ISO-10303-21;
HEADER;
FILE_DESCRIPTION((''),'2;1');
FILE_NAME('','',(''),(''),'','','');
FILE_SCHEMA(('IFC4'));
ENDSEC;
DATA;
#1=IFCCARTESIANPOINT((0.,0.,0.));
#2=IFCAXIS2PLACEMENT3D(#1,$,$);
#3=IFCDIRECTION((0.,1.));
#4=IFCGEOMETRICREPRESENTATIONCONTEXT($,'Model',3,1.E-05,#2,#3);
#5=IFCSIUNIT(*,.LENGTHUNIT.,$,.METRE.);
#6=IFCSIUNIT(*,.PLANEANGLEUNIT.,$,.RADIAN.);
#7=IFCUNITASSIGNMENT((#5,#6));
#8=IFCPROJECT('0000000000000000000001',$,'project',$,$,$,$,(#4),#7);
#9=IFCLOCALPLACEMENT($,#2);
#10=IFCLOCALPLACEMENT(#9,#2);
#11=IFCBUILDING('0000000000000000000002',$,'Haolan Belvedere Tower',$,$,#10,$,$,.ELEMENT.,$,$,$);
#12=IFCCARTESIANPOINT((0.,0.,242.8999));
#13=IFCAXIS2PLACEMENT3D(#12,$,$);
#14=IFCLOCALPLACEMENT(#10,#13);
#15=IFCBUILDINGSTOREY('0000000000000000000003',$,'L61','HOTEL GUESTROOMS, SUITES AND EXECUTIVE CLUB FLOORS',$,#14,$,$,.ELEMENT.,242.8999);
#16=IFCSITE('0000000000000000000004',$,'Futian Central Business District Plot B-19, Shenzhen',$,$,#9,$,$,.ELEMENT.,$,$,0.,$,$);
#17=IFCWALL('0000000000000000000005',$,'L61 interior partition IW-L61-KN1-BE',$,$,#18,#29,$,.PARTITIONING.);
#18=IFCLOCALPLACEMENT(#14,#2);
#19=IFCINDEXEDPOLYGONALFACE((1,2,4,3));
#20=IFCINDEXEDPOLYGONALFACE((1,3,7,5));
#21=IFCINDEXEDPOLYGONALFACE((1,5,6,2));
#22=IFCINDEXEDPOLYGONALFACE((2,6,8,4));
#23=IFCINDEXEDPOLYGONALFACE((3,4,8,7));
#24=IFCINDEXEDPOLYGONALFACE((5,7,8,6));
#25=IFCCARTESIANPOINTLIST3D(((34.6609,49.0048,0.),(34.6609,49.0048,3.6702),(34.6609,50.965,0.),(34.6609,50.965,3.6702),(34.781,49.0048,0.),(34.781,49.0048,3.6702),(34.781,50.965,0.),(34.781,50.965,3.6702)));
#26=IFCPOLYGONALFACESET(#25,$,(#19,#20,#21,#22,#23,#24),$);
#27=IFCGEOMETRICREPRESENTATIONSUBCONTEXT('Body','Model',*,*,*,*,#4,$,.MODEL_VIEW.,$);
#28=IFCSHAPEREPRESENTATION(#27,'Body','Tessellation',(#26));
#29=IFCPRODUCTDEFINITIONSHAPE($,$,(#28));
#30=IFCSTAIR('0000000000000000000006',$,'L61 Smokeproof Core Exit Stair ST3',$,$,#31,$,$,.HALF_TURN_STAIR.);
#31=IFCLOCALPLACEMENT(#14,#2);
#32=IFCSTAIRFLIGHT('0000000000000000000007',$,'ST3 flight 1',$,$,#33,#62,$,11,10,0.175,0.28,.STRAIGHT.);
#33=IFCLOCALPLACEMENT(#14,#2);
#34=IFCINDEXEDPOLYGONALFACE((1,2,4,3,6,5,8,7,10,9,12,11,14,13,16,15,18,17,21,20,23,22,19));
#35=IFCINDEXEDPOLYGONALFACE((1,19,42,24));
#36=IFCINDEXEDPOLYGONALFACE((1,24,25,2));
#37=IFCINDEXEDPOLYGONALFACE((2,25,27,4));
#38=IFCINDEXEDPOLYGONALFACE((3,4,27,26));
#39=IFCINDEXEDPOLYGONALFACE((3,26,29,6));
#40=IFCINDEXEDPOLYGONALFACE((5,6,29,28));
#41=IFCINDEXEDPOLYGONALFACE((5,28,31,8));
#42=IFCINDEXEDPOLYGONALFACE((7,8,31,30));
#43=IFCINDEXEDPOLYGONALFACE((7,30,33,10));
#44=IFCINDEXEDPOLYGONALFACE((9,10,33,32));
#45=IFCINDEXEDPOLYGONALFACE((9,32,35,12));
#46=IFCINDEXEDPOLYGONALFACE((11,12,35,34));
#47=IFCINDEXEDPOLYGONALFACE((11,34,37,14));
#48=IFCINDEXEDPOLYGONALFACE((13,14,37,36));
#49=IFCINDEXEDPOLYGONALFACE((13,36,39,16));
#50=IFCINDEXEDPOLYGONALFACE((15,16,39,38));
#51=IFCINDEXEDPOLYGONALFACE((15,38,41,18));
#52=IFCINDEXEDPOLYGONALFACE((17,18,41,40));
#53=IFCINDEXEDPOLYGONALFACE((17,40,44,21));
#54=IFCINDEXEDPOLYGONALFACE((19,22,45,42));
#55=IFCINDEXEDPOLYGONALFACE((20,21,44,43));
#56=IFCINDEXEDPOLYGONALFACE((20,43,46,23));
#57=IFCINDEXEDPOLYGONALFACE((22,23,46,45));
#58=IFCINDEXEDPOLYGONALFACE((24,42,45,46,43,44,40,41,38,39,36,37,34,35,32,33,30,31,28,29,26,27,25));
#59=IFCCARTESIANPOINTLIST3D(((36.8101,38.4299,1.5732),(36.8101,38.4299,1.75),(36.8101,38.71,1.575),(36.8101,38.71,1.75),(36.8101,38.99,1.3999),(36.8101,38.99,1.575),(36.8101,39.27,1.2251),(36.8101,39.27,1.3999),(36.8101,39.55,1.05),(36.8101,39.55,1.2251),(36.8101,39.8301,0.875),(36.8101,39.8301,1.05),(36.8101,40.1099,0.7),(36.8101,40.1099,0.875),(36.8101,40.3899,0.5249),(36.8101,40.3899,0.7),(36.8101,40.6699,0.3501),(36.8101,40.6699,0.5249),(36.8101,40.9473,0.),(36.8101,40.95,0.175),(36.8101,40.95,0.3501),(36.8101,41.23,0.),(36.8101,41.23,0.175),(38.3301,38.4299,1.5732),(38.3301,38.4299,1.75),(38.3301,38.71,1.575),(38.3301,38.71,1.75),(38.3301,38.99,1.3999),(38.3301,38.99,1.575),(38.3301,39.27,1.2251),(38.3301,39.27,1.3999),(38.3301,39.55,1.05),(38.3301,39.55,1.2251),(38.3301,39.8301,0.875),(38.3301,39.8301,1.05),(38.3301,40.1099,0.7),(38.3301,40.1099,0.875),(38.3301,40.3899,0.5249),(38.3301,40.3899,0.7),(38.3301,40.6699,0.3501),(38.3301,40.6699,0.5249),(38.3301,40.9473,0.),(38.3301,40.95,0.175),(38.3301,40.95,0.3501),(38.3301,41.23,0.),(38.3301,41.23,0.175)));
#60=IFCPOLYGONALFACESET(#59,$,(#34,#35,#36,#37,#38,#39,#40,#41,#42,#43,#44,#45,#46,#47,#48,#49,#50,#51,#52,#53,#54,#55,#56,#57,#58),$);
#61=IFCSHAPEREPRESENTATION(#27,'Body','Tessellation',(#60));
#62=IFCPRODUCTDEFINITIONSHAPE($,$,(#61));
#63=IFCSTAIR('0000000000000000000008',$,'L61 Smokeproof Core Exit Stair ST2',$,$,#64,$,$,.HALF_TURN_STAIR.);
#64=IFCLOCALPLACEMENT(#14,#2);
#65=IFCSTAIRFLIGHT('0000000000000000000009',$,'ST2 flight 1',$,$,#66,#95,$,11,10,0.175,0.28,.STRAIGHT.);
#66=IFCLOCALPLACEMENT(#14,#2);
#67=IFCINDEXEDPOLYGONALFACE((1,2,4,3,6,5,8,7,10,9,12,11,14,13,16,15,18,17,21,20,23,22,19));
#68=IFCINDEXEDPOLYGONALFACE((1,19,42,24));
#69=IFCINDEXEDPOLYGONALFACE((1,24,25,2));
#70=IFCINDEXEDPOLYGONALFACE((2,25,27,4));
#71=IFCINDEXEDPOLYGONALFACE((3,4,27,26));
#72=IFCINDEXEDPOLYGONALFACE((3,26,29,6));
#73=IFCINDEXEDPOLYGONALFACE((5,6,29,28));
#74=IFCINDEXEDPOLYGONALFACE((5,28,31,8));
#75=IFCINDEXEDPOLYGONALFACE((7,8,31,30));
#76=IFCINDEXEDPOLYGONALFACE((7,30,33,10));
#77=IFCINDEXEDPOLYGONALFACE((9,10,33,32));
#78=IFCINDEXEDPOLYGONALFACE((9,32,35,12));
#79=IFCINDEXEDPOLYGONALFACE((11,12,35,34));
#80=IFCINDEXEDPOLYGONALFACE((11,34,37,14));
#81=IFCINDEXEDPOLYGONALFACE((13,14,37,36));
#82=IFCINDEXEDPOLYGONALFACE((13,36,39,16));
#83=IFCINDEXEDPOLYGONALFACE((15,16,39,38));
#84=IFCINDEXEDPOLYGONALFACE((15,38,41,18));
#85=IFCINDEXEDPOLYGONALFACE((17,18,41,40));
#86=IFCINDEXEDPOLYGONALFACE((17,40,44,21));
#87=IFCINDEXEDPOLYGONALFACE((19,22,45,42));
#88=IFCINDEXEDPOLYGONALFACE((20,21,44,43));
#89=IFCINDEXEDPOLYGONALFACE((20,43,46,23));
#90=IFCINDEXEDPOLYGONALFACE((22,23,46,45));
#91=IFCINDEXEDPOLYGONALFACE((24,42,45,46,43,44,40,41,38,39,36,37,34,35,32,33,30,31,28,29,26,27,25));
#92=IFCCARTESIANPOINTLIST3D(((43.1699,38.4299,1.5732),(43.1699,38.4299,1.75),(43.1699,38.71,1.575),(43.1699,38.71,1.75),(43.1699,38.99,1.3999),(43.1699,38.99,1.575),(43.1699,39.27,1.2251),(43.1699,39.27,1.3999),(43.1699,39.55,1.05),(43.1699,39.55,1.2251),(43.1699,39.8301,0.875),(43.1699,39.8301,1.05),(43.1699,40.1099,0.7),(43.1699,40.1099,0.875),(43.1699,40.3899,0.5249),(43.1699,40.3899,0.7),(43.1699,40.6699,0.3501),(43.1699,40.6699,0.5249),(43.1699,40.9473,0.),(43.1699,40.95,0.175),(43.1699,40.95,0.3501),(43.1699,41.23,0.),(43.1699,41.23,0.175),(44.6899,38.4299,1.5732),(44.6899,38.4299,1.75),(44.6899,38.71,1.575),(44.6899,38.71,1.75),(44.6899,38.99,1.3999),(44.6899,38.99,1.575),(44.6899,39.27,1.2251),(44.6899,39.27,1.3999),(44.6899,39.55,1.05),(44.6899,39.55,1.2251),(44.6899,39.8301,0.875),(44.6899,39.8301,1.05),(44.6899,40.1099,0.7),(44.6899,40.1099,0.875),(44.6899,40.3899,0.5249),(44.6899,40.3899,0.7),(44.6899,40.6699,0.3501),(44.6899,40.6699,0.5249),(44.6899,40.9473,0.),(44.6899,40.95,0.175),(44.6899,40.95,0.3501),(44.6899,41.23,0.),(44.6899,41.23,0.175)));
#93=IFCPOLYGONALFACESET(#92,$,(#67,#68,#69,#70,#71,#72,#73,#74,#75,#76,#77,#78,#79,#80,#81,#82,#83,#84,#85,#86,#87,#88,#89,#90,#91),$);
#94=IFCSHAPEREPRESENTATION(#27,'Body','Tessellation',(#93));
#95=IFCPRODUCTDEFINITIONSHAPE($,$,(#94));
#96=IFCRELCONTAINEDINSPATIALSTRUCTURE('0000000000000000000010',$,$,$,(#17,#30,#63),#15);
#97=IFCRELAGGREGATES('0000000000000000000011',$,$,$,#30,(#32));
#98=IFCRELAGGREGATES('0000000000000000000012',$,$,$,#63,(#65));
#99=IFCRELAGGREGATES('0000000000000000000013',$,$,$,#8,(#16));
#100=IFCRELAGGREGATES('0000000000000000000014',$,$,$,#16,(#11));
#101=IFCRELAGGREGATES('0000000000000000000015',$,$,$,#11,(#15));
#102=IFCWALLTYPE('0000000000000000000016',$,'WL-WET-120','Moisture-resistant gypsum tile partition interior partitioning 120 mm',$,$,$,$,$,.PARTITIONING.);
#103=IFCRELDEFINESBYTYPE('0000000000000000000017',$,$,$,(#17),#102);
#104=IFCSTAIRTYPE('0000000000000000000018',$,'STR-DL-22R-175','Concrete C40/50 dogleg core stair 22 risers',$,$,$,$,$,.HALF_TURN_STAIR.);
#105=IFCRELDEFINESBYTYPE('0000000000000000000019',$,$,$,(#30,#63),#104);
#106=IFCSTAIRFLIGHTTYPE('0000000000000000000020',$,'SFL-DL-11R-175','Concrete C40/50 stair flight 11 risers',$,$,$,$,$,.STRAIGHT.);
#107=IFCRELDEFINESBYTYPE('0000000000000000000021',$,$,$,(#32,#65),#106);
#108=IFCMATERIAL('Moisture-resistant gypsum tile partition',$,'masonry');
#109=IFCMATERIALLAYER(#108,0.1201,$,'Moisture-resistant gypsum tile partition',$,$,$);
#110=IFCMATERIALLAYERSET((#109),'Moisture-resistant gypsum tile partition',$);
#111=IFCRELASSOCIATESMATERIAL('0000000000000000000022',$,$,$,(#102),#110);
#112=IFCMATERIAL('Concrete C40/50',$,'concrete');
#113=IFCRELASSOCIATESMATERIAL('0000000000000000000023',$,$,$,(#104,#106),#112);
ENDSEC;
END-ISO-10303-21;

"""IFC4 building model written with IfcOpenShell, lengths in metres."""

from ifc_helpers import new_model, si_unit, direction, frame, frame_2d, origin, place, context, subcontext, project, spatial, polyline, rectangle, outline, extrude, material, layer, layer_set, type_object, element, aggregate, save


model = new_model("IFC4")

# Units and contexts
model_context = context("Model", 3, precision=1e-05, world=origin(), true_north=direction((0.0, 1.0)))
body_context = subcontext(model_context, "Body", "Model", "MODEL_VIEW")
ifc_project = project(units=[si_unit("LENGTHUNIT", "METRE"), si_unit("PLANEANGLEUNIT", "RADIAN")], contexts=[model_context])

# Site, building, storey
site_placement = place(None, origin())
site = spatial("IfcSite", under=ifc_project, at=site_placement, Name="Futian Central Business District Plot B-19, Shenzhen", CompositionType="ELEMENT", RefElevation=0.0)
building_placement = place(site_placement, origin())
building = spatial("IfcBuilding", under=site, at=building_placement, Name="Haolan Belvedere Tower", CompositionType="ELEMENT")
storey_placement = place(building_placement, frame((0.0, 0.0, 242.8999)))
storey = spatial("IfcBuildingStorey", under=building, at=storey_placement, Name="L61", Description="HOTEL GUESTROOMS, SUITES AND EXECUTIVE CLUB FLOORS", CompositionType="ELEMENT", Elevation=242.8999)

# Shared definitions
ifc_material_1 = material(Name="Concrete C40/50", Category="concrete")

# Wall
ifc_material_2 = material(Name="Moisture-resistant gypsum tile partition", Category="masonry")
ifc_layer_1 = layer(ifc_material_2, 0.1201, Name="Moisture-resistant gypsum tile partition")
ifc_layer_set_1 = layer_set([ifc_layer_1], Name="Moisture-resistant gypsum tile partition")
wall_type_1 = type_object("IfcWallType", Name="WL-WET-120", Description="Moisture-resistant gypsum tile partition interior partitioning 120 mm", PredefinedType="PARTITIONING", material=ifc_layer_set_1)
wall_1_placement = place(storey_placement, frame((34.7209, 49.0049, 0.0), z_axis=(0.0, 0.0, 1.0), x_axis=(0.0, 1.0, 0.0)))
element("IfcWall", 1, at=wall_1_placement, inside=storey, type_object=wall_type_1, Name="L61 interior partition IW-L61-KN1-BE", PredefinedType="PARTITIONING", context=body_context, shape_type="SweptSolid", body=[
    extrude(rectangle(XDim=1.9602, YDim=0.1201, at=frame_2d((0.98, 0.0))), origin(), (0.0, 0.0, 1.0), 3.6702),
])

# Stairs, stair flights
stair_type = type_object("IfcStairType", Name="STR-DL-22R-175", Description="Concrete C40/50 dogleg core stair 22 risers", PredefinedType="HALF_TURN_STAIR", material=ifc_material_1)
stair_1_placement = place(storey_placement, origin())
stair_1 = element("IfcStair", 2, at=stair_1_placement, inside=storey, type_object=stair_type, Name="L61 Smokeproof Core Exit Stair ST3", PredefinedType="HALF_TURN_STAIR")
stair_flight_type = type_object("IfcStairFlightType", Name="SFL-DL-11R-175", Description="Concrete C40/50 stair flight 11 risers", PredefinedType="STRAIGHT", material=ifc_material_1)
stair_flight_1_placement = place(storey_placement, frame((37.5701, 41.23, 0.0), z_axis=(0.0, 0.0, 1.0), x_axis=(0.0, -1.0, 0.0)))
stair_flight_1 = element("IfcStairFlight", 3, at=stair_flight_1_placement, type_object=stair_flight_type, Name="ST3 flight 1", NumberOfRisers=11, NumberOfTreads=10, PredefinedType="STRAIGHT", RiserHeight=0.175, TreadLength=0.28, context=body_context, shape_type="SweptSolid", body=[
    extrude(outline(polyline([(0.0, 0.0), (0.0, 0.175), (0.28, 0.175), (0.28, 0.3501), (0.5601, 0.3501), (0.5601, 0.5249), (0.8401, 0.5249), (0.8401, 0.7), (1.1201, 0.7), (1.1201, 0.875), (1.3999, 0.875), (1.3999, 1.05), (1.6799, 1.05), (1.6799, 1.2251), (1.96, 1.2251), (1.96, 1.3999), (2.24, 1.3999), (2.24, 1.575), (2.52, 1.575), (2.52, 1.75), (2.8, 1.75), (2.8, 1.925), (2.8, 1.5732), (0.2827, 0.0), (0.0, 0.0)])), frame((0.0, 0.76, 0.0), z_axis=(0.0, -1.0, 0.0), x_axis=(1.0, 0.0, 0.0)), (0.0, 0.0, 1.0), 1.52),
])
aggregate(stair_1, [stair_flight_1])
stair_2_placement = place(storey_placement, origin())
stair_2 = element("IfcStair", 4, at=stair_2_placement, inside=storey, type_object=stair_type, Name="L61 Smokeproof Core Exit Stair ST2", PredefinedType="HALF_TURN_STAIR")
stair_flight_2_placement = place(storey_placement, frame((43.9299, 41.23, 0.0), z_axis=(0.0, 0.0, 1.0), x_axis=(0.0, -1.0, 0.0)))
stair_flight_2 = element("IfcStairFlight", 5, at=stair_flight_2_placement, type_object=stair_flight_type, Name="ST2 flight 1", NumberOfRisers=11, NumberOfTreads=10, PredefinedType="STRAIGHT", RiserHeight=0.175, TreadLength=0.28, context=body_context, shape_type="SweptSolid", body=[
    extrude(outline(polyline([(0.0, 0.0), (0.0, 0.175), (0.28, 0.175), (0.28, 0.3501), (0.5601, 0.3501), (0.5601, 0.5249), (0.8401, 0.5249), (0.8401, 0.7), (1.1201, 0.7), (1.1201, 0.875), (1.3999, 0.875), (1.3999, 1.05), (1.6799, 1.05), (1.6799, 1.2251), (1.96, 1.2251), (1.96, 1.3999), (2.24, 1.3999), (2.24, 1.575), (2.52, 1.575), (2.52, 1.75), (2.8, 1.75), (2.8, 1.925), (2.8, 1.5732), (0.2827, 0.0), (0.0, 0.0)])), frame((0.0, 0.76, 0.0), z_axis=(0.0, -1.0, 0.0), x_axis=(1.0, 0.0, 0.0)), (0.0, 0.0, 1.0), 1.52),
])
aggregate(stair_2, [stair_flight_2])

save(model, "model.ifc")
